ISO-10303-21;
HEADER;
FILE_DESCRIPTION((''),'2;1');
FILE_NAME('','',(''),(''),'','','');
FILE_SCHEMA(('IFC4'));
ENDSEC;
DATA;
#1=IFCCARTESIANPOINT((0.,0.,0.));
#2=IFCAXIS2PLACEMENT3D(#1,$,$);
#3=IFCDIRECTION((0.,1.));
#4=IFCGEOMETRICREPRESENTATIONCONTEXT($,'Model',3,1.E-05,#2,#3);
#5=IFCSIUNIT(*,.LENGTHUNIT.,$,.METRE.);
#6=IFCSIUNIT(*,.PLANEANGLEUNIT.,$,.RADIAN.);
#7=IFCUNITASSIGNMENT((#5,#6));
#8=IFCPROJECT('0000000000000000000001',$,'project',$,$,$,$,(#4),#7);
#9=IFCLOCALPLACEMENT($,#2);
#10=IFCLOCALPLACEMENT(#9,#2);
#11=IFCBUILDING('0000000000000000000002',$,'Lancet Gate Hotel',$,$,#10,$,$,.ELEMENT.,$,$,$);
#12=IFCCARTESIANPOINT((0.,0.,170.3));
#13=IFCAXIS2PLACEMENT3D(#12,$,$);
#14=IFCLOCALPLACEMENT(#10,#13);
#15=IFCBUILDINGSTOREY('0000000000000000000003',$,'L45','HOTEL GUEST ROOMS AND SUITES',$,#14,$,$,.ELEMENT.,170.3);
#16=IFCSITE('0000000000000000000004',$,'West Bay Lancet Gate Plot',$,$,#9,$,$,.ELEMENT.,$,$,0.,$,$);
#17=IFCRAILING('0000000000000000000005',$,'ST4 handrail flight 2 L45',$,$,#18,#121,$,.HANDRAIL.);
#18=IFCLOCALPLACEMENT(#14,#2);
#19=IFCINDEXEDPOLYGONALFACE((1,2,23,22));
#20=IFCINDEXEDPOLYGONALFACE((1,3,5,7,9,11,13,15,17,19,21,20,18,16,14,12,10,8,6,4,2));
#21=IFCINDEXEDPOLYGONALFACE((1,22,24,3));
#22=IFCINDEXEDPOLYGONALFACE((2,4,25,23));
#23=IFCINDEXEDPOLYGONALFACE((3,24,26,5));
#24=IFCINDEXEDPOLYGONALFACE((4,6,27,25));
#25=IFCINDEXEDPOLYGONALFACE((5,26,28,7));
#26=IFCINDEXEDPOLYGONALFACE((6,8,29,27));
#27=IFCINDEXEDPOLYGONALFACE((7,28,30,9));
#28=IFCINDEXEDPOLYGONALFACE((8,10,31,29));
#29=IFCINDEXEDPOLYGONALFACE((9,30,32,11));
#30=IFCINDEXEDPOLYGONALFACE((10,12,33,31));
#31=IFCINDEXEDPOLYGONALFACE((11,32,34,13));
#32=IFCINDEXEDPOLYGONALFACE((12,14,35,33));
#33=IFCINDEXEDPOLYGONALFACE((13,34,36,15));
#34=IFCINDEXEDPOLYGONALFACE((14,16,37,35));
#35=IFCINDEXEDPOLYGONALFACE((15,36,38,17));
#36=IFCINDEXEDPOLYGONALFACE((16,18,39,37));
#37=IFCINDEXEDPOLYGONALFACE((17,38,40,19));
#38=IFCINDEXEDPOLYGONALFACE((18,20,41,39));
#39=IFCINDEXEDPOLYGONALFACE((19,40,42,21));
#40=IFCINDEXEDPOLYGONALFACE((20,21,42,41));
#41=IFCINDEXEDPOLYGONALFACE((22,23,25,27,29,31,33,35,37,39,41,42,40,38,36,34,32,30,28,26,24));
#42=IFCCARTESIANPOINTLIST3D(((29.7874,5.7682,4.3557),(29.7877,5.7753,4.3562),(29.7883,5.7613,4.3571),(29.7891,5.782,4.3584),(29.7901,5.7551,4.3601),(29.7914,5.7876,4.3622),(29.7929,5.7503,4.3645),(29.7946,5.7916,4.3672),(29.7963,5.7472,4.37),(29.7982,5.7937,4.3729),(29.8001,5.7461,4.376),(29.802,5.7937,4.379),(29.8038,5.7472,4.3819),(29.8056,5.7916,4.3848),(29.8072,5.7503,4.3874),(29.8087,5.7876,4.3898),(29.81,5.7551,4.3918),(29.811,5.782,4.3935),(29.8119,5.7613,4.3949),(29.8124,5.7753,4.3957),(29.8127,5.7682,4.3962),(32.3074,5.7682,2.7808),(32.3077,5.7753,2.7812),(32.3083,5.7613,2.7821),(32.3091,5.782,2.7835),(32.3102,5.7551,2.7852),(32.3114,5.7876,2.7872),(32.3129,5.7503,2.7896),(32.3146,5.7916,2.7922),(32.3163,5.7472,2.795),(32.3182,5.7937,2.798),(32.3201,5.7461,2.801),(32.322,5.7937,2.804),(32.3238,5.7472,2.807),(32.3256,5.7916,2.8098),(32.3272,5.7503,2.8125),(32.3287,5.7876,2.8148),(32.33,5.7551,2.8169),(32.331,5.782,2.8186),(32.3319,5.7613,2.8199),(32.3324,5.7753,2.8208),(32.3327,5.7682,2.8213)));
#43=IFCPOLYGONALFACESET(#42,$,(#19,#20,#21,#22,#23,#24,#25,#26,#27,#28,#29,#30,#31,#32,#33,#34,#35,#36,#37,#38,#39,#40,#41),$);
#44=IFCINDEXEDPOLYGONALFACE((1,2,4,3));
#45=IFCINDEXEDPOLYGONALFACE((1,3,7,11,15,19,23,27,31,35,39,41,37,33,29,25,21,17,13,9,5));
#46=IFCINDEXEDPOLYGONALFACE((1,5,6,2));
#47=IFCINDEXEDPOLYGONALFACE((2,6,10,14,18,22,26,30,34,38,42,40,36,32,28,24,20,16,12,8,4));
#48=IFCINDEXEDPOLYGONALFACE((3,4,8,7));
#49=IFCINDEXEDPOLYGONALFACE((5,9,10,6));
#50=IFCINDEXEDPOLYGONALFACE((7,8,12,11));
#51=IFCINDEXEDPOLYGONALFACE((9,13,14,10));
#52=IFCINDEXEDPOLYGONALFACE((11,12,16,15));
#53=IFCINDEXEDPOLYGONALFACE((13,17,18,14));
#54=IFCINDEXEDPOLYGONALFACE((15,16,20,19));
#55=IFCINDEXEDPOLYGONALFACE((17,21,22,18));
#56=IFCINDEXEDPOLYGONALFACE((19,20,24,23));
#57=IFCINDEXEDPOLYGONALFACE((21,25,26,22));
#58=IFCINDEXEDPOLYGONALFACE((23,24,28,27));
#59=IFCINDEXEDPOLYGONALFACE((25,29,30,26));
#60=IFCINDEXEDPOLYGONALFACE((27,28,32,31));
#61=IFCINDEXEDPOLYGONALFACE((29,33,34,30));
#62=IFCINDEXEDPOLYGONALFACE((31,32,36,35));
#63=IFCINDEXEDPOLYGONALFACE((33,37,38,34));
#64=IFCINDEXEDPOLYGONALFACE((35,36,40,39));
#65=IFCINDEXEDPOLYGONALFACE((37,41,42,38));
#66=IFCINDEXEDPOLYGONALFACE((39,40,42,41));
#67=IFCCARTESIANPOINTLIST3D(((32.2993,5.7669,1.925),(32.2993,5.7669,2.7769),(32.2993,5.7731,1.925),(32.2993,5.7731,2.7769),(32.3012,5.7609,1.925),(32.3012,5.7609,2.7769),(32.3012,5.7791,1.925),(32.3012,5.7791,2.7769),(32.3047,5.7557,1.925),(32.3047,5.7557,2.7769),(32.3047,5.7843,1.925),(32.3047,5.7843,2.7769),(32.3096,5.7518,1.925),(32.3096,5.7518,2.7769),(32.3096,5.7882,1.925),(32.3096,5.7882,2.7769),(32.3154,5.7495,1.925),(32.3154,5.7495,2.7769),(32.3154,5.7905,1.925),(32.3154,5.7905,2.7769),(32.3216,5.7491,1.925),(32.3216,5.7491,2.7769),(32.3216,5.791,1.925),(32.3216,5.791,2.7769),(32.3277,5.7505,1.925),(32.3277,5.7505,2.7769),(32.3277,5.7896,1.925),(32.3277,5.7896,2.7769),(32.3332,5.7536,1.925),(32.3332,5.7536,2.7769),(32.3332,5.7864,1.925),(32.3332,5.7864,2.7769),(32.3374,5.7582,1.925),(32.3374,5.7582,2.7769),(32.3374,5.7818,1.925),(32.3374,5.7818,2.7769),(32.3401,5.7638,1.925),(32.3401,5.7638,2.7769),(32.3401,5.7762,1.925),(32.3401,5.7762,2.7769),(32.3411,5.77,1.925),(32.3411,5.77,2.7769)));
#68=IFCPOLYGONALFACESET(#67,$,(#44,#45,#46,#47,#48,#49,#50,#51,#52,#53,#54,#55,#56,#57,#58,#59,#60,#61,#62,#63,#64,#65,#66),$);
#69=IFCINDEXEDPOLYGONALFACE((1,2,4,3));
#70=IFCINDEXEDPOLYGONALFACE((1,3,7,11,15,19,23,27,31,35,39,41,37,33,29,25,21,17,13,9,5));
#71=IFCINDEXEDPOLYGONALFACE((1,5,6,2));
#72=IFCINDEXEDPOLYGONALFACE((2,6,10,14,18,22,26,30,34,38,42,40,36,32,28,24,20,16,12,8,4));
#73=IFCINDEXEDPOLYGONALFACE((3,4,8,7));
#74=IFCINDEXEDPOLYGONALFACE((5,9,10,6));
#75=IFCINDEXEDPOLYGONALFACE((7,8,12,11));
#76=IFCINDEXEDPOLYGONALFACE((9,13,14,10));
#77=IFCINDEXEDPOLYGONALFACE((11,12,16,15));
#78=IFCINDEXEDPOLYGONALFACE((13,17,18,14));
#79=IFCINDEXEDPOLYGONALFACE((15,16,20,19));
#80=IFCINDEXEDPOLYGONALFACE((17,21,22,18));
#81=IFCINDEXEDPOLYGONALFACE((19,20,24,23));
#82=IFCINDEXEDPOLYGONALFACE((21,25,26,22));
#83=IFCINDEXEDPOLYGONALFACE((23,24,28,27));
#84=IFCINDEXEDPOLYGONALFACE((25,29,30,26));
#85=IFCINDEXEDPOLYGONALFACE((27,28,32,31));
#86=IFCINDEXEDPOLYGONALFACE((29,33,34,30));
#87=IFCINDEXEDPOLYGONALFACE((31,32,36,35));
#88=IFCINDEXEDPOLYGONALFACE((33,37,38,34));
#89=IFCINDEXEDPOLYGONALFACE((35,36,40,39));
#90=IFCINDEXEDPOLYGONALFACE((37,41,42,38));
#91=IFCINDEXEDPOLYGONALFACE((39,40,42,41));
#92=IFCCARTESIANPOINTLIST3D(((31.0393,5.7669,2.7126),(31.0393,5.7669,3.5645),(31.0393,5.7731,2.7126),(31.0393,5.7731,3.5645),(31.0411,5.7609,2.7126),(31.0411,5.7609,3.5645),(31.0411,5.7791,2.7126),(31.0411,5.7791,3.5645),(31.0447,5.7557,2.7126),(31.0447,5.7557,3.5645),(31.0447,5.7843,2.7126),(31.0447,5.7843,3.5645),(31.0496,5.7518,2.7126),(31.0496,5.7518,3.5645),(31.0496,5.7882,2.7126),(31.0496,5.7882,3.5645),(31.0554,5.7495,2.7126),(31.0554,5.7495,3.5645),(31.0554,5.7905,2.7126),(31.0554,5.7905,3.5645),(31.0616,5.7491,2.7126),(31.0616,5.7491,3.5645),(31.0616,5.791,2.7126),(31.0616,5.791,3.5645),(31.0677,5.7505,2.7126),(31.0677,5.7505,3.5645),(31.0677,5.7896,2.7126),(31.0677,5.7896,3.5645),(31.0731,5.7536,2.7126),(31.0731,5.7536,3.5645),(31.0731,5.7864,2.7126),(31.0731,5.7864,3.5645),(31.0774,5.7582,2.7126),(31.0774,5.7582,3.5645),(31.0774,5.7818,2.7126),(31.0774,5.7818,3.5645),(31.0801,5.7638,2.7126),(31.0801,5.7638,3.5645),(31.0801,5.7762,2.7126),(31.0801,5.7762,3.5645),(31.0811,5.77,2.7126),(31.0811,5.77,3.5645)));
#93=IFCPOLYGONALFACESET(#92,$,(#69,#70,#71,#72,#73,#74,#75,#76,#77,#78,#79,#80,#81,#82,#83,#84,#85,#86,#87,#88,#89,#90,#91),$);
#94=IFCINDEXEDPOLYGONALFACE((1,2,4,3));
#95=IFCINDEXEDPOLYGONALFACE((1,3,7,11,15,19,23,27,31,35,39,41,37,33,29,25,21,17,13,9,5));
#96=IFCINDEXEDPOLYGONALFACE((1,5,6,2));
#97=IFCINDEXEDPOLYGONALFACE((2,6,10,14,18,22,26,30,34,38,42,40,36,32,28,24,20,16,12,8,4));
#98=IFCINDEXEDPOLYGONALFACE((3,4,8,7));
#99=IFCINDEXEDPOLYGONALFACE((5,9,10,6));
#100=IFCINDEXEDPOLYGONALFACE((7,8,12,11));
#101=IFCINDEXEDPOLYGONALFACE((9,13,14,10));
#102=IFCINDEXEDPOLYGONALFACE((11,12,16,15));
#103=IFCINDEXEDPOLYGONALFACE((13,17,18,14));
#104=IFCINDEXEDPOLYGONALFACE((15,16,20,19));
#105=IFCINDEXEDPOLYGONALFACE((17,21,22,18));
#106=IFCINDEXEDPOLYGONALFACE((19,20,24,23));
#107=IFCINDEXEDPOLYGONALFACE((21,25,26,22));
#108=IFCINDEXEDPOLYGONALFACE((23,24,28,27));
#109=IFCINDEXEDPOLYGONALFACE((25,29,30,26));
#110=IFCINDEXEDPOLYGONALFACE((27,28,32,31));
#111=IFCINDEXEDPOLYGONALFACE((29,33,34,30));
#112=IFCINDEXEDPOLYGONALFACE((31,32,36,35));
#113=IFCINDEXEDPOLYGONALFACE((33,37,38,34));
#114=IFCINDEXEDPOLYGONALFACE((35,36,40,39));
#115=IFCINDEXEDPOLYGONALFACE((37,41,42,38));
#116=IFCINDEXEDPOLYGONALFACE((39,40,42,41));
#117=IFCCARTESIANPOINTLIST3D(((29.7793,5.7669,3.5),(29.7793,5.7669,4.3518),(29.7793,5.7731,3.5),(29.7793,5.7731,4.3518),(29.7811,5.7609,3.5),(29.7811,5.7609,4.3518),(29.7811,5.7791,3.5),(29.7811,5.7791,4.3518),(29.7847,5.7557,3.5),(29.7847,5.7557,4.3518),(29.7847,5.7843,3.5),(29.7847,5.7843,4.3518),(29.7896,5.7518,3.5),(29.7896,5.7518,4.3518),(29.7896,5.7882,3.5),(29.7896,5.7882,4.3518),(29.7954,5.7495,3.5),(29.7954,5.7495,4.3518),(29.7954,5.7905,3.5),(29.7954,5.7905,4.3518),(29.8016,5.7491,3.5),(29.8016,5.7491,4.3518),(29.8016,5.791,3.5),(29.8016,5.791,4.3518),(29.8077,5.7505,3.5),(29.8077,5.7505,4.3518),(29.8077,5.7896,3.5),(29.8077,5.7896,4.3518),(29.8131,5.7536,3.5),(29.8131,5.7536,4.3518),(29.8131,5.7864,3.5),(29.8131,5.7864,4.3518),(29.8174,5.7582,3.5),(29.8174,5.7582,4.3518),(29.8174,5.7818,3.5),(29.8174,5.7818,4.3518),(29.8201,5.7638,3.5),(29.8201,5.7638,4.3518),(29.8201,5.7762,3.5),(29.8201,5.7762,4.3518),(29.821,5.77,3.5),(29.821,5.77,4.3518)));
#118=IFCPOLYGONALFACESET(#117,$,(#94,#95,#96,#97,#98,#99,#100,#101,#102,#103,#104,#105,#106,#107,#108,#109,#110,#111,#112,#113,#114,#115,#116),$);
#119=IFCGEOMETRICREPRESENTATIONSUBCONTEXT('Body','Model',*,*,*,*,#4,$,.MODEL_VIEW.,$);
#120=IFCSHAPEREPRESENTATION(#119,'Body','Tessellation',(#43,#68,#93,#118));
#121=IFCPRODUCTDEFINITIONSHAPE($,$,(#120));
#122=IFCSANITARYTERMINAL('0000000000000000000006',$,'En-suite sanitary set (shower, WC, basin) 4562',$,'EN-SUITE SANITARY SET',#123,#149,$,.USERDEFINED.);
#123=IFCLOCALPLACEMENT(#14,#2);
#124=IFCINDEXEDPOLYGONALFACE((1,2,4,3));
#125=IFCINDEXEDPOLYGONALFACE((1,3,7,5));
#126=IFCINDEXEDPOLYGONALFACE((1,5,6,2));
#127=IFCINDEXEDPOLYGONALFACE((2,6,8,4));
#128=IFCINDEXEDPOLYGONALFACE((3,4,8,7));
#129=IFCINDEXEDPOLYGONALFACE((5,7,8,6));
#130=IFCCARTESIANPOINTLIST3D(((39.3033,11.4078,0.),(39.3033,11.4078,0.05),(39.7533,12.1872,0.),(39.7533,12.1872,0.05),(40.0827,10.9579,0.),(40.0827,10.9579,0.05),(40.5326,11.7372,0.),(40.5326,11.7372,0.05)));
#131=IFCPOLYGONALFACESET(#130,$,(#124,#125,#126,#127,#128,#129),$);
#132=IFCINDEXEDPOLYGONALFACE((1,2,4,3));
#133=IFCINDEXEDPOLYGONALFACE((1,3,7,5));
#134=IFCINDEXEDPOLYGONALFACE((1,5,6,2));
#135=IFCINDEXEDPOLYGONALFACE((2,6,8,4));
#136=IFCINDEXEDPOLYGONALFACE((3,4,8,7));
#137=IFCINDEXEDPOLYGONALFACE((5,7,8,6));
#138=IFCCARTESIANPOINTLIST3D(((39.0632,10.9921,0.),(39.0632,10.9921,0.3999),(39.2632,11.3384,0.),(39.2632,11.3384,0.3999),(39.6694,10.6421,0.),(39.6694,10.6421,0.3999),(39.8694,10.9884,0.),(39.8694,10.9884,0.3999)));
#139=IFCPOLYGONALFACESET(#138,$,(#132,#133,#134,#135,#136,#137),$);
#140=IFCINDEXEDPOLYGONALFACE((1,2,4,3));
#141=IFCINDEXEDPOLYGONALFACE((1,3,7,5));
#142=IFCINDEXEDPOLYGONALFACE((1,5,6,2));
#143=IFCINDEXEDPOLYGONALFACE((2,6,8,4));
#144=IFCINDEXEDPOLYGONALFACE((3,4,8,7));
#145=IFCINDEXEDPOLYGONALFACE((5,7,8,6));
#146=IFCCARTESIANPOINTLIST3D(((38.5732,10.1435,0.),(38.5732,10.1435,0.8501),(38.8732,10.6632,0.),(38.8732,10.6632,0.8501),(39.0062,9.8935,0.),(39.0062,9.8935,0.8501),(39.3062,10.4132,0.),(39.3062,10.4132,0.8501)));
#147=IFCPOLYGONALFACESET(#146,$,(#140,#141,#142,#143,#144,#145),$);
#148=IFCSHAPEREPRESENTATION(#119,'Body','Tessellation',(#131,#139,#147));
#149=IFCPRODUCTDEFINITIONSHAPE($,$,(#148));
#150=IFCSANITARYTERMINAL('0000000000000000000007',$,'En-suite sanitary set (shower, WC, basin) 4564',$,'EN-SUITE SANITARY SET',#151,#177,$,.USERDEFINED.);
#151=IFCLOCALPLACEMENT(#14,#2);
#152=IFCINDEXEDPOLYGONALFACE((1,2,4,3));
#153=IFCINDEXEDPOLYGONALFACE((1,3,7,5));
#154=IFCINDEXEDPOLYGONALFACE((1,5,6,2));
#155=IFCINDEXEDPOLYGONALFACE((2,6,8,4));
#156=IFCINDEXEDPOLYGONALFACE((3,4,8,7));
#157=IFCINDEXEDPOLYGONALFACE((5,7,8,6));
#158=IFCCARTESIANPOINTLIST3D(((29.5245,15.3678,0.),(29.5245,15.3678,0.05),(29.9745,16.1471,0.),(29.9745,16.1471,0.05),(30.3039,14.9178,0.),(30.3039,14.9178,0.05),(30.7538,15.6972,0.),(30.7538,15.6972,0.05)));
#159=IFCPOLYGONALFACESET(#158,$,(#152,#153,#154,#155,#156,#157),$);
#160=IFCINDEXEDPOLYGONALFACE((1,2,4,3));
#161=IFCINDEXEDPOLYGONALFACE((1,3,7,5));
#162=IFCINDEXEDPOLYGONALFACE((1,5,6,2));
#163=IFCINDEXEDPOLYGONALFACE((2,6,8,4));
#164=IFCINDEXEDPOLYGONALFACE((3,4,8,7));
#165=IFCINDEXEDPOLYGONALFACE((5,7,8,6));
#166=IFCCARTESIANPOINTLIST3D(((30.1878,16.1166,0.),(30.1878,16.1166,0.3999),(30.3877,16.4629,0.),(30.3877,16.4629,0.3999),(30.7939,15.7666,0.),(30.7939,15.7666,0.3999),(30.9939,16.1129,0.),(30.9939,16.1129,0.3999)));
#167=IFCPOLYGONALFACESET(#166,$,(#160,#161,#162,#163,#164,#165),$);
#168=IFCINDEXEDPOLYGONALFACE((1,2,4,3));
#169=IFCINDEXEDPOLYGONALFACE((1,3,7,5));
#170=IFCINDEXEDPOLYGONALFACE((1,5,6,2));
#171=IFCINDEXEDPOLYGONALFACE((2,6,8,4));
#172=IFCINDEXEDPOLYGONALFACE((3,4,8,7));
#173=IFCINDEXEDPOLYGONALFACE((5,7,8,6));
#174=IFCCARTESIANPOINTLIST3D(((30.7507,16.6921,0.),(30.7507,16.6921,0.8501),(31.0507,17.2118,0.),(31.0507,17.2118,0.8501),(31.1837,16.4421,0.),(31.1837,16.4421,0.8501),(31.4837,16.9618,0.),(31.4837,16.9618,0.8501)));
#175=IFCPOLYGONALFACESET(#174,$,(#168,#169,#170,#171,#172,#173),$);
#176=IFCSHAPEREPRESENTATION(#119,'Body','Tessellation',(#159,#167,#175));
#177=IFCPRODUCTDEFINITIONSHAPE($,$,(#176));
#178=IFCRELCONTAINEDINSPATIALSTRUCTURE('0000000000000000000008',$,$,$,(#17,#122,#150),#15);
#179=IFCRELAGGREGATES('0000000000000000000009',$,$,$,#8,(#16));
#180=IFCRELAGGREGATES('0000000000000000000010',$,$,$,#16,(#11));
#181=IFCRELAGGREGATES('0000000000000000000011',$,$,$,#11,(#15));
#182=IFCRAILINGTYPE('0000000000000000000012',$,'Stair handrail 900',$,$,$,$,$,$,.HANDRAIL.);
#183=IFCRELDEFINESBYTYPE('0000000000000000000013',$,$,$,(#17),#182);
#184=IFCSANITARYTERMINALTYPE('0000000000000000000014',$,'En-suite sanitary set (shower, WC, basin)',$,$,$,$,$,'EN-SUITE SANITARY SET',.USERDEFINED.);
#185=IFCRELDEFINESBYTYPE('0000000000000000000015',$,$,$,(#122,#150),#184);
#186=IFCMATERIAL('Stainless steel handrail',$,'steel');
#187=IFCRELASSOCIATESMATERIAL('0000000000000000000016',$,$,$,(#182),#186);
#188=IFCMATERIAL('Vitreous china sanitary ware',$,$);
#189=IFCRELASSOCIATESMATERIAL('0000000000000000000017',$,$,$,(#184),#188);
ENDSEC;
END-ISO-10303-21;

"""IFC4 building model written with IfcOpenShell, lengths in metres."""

from ifc_helpers import new_model, si_unit, direction, frame, origin, origin_2d, place, context, subcontext, project, spatial, rectangle, circle, extrude, material, type_object, element, save


model = new_model("IFC4")

# Units and contexts
model_context = context("Model", 3, precision=1e-05, world=origin(), true_north=direction((0.0, 1.0)))
body_context = subcontext(model_context, "Body", "Model", "MODEL_VIEW")
ifc_project = project(units=[si_unit("LENGTHUNIT", "METRE"), si_unit("PLANEANGLEUNIT", "RADIAN")], contexts=[model_context])

# Site, building, storey
site_placement = place(None, origin())
site = spatial("IfcSite", under=ifc_project, at=site_placement, Name="West Bay Lancet Gate Plot", CompositionType="ELEMENT", RefElevation=0.0)
building_placement = place(site_placement, origin())
building = spatial("IfcBuilding", under=site, at=building_placement, Name="Lancet Gate Hotel", CompositionType="ELEMENT")
storey_placement = place(building_placement, frame((0.0, 0.0, 170.3)))
storey = spatial("IfcBuildingStorey", under=building, at=storey_placement, Name="L45", Description="HOTEL GUEST ROOMS AND SUITES", CompositionType="ELEMENT", Elevation=170.3)

# Railing
ifc_material_1 = material(Name="Stainless steel handrail", Category="steel")
railing_type = type_object("IfcRailingType", Name="Stair handrail 900", PredefinedType="HANDRAIL", material=ifc_material_1)
railing_placement = place(storey_placement, frame((32.3201, 5.77, 1.925)))
element("IfcRailing", 1, at=railing_placement, inside=storey, type_object=railing_type, Name="ST4 handrail flight 2 L45", PredefinedType="HANDRAIL", context=body_context, shape_type="SweptSolid", body=[
    extrude(circle(Radius=0.0239, at=origin_2d()), frame((0.0, 0.0, 0.876), z_axis=(-0.848008, 0.0, 0.529984), x_axis=(0.0, -1.0, 0.0)), (0.0, 0.0, 1.0), 2.9717),
    extrude(circle(Radius=0.021, at=origin_2d()), origin(), (0.0, 0.0, 1.0), 0.8518),
    extrude(circle(Radius=0.021, at=origin_2d()), frame((-1.26, 0.0, 0.7876)), (0.0, 0.0, 1.0), 0.8518),
    extrude(circle(Radius=0.021, at=origin_2d()), frame((-2.52, 0.0, 1.575)), (0.0, 0.0, 1.0), 0.8518),
])

# Sanitary terminals
ifc_material_2 = material(Name="Vitreous china sanitary ware")
sanitary_terminal_type = type_object("IfcSanitaryTerminalType", Name="En-suite sanitary set (shower, WC, basin)", ElementType="EN-SUITE SANITARY SET", PredefinedType="USERDEFINED", material=ifc_material_2)
sanitary_terminal_1_placement = place(storey_placement, frame((39.918, 11.5725, 0.0), z_axis=(0.0, 0.0, 1.0), x_axis=(1.0, 0.0, 0.0)))
element("IfcSanitaryTerminal", 2, at=sanitary_terminal_1_placement, inside=storey, type_object=sanitary_terminal_type, Name="En-suite sanitary set (shower, WC, basin) 4562", ObjectType="EN-SUITE SANITARY SET", PredefinedType="USERDEFINED", context=body_context, shape_type="SweptSolid", body=[
    extrude(rectangle(XDim=0.8999, YDim=0.8999, at=origin_2d()), frame((0.0, 0.0, 0.0), z_axis=(0.0, 0.0, 1.0), x_axis=(0.5, 0.866025, 0.0)), (0.0, 0.0, 1.0), 0.05),
    extrude(rectangle(XDim=0.3999, YDim=0.7, at=origin_2d()), frame((-0.4517, -0.5823, 0.0), z_axis=(0.0, 0.0, 1.0), x_axis=(0.5, 0.866025, 0.0)), (0.0, 0.0, 1.0), 0.3999),
    extrude(rectangle(XDim=0.6001, YDim=0.5, at=origin_2d()), frame((-0.9783, -1.2942, 0.0), z_axis=(0.0, 0.0, 1.0), x_axis=(0.5, 0.866025, 0.0)), (0.0, 0.0, 1.0), 0.8501),
])
sanitary_terminal_2_placement = place(storey_placement, frame((30.1392, 15.5325, 0.0), z_axis=(0.0, 0.0, 1.0), x_axis=(1.0, 0.0, 0.0)))
element("IfcSanitaryTerminal", 3, at=sanitary_terminal_2_placement, inside=storey, type_object=sanitary_terminal_type, Name="En-suite sanitary set (shower, WC, basin) 4564", ObjectType="EN-SUITE SANITARY SET", PredefinedType="USERDEFINED", context=body_context, shape_type="SweptSolid", body=[
    extrude(rectangle(XDim=0.8999, YDim=0.8999, at=origin_2d()), frame((0.0, 0.0, 0.0), z_axis=(0.0, 0.0, 1.0), x_axis=(-0.5, -0.866025, 0.0)), (0.0, 0.0, 1.0), 0.05),
    extrude(rectangle(XDim=0.3999, YDim=0.7, at=origin_2d()), frame((0.4517, 0.5823, 0.0), z_axis=(0.0, 0.0, 1.0), x_axis=(-0.5, -0.866025, 0.0)), (0.0, 0.0, 1.0), 0.3999),
    extrude(rectangle(XDim=0.6001, YDim=0.5, at=origin_2d()), frame((0.978, 1.2944, 0.0), z_axis=(0.0, 0.0, 1.0), x_axis=(-0.5, -0.866025, 0.0)), (0.0, 0.0, 1.0), 0.8501),
])

save(model, "model.ifc")
